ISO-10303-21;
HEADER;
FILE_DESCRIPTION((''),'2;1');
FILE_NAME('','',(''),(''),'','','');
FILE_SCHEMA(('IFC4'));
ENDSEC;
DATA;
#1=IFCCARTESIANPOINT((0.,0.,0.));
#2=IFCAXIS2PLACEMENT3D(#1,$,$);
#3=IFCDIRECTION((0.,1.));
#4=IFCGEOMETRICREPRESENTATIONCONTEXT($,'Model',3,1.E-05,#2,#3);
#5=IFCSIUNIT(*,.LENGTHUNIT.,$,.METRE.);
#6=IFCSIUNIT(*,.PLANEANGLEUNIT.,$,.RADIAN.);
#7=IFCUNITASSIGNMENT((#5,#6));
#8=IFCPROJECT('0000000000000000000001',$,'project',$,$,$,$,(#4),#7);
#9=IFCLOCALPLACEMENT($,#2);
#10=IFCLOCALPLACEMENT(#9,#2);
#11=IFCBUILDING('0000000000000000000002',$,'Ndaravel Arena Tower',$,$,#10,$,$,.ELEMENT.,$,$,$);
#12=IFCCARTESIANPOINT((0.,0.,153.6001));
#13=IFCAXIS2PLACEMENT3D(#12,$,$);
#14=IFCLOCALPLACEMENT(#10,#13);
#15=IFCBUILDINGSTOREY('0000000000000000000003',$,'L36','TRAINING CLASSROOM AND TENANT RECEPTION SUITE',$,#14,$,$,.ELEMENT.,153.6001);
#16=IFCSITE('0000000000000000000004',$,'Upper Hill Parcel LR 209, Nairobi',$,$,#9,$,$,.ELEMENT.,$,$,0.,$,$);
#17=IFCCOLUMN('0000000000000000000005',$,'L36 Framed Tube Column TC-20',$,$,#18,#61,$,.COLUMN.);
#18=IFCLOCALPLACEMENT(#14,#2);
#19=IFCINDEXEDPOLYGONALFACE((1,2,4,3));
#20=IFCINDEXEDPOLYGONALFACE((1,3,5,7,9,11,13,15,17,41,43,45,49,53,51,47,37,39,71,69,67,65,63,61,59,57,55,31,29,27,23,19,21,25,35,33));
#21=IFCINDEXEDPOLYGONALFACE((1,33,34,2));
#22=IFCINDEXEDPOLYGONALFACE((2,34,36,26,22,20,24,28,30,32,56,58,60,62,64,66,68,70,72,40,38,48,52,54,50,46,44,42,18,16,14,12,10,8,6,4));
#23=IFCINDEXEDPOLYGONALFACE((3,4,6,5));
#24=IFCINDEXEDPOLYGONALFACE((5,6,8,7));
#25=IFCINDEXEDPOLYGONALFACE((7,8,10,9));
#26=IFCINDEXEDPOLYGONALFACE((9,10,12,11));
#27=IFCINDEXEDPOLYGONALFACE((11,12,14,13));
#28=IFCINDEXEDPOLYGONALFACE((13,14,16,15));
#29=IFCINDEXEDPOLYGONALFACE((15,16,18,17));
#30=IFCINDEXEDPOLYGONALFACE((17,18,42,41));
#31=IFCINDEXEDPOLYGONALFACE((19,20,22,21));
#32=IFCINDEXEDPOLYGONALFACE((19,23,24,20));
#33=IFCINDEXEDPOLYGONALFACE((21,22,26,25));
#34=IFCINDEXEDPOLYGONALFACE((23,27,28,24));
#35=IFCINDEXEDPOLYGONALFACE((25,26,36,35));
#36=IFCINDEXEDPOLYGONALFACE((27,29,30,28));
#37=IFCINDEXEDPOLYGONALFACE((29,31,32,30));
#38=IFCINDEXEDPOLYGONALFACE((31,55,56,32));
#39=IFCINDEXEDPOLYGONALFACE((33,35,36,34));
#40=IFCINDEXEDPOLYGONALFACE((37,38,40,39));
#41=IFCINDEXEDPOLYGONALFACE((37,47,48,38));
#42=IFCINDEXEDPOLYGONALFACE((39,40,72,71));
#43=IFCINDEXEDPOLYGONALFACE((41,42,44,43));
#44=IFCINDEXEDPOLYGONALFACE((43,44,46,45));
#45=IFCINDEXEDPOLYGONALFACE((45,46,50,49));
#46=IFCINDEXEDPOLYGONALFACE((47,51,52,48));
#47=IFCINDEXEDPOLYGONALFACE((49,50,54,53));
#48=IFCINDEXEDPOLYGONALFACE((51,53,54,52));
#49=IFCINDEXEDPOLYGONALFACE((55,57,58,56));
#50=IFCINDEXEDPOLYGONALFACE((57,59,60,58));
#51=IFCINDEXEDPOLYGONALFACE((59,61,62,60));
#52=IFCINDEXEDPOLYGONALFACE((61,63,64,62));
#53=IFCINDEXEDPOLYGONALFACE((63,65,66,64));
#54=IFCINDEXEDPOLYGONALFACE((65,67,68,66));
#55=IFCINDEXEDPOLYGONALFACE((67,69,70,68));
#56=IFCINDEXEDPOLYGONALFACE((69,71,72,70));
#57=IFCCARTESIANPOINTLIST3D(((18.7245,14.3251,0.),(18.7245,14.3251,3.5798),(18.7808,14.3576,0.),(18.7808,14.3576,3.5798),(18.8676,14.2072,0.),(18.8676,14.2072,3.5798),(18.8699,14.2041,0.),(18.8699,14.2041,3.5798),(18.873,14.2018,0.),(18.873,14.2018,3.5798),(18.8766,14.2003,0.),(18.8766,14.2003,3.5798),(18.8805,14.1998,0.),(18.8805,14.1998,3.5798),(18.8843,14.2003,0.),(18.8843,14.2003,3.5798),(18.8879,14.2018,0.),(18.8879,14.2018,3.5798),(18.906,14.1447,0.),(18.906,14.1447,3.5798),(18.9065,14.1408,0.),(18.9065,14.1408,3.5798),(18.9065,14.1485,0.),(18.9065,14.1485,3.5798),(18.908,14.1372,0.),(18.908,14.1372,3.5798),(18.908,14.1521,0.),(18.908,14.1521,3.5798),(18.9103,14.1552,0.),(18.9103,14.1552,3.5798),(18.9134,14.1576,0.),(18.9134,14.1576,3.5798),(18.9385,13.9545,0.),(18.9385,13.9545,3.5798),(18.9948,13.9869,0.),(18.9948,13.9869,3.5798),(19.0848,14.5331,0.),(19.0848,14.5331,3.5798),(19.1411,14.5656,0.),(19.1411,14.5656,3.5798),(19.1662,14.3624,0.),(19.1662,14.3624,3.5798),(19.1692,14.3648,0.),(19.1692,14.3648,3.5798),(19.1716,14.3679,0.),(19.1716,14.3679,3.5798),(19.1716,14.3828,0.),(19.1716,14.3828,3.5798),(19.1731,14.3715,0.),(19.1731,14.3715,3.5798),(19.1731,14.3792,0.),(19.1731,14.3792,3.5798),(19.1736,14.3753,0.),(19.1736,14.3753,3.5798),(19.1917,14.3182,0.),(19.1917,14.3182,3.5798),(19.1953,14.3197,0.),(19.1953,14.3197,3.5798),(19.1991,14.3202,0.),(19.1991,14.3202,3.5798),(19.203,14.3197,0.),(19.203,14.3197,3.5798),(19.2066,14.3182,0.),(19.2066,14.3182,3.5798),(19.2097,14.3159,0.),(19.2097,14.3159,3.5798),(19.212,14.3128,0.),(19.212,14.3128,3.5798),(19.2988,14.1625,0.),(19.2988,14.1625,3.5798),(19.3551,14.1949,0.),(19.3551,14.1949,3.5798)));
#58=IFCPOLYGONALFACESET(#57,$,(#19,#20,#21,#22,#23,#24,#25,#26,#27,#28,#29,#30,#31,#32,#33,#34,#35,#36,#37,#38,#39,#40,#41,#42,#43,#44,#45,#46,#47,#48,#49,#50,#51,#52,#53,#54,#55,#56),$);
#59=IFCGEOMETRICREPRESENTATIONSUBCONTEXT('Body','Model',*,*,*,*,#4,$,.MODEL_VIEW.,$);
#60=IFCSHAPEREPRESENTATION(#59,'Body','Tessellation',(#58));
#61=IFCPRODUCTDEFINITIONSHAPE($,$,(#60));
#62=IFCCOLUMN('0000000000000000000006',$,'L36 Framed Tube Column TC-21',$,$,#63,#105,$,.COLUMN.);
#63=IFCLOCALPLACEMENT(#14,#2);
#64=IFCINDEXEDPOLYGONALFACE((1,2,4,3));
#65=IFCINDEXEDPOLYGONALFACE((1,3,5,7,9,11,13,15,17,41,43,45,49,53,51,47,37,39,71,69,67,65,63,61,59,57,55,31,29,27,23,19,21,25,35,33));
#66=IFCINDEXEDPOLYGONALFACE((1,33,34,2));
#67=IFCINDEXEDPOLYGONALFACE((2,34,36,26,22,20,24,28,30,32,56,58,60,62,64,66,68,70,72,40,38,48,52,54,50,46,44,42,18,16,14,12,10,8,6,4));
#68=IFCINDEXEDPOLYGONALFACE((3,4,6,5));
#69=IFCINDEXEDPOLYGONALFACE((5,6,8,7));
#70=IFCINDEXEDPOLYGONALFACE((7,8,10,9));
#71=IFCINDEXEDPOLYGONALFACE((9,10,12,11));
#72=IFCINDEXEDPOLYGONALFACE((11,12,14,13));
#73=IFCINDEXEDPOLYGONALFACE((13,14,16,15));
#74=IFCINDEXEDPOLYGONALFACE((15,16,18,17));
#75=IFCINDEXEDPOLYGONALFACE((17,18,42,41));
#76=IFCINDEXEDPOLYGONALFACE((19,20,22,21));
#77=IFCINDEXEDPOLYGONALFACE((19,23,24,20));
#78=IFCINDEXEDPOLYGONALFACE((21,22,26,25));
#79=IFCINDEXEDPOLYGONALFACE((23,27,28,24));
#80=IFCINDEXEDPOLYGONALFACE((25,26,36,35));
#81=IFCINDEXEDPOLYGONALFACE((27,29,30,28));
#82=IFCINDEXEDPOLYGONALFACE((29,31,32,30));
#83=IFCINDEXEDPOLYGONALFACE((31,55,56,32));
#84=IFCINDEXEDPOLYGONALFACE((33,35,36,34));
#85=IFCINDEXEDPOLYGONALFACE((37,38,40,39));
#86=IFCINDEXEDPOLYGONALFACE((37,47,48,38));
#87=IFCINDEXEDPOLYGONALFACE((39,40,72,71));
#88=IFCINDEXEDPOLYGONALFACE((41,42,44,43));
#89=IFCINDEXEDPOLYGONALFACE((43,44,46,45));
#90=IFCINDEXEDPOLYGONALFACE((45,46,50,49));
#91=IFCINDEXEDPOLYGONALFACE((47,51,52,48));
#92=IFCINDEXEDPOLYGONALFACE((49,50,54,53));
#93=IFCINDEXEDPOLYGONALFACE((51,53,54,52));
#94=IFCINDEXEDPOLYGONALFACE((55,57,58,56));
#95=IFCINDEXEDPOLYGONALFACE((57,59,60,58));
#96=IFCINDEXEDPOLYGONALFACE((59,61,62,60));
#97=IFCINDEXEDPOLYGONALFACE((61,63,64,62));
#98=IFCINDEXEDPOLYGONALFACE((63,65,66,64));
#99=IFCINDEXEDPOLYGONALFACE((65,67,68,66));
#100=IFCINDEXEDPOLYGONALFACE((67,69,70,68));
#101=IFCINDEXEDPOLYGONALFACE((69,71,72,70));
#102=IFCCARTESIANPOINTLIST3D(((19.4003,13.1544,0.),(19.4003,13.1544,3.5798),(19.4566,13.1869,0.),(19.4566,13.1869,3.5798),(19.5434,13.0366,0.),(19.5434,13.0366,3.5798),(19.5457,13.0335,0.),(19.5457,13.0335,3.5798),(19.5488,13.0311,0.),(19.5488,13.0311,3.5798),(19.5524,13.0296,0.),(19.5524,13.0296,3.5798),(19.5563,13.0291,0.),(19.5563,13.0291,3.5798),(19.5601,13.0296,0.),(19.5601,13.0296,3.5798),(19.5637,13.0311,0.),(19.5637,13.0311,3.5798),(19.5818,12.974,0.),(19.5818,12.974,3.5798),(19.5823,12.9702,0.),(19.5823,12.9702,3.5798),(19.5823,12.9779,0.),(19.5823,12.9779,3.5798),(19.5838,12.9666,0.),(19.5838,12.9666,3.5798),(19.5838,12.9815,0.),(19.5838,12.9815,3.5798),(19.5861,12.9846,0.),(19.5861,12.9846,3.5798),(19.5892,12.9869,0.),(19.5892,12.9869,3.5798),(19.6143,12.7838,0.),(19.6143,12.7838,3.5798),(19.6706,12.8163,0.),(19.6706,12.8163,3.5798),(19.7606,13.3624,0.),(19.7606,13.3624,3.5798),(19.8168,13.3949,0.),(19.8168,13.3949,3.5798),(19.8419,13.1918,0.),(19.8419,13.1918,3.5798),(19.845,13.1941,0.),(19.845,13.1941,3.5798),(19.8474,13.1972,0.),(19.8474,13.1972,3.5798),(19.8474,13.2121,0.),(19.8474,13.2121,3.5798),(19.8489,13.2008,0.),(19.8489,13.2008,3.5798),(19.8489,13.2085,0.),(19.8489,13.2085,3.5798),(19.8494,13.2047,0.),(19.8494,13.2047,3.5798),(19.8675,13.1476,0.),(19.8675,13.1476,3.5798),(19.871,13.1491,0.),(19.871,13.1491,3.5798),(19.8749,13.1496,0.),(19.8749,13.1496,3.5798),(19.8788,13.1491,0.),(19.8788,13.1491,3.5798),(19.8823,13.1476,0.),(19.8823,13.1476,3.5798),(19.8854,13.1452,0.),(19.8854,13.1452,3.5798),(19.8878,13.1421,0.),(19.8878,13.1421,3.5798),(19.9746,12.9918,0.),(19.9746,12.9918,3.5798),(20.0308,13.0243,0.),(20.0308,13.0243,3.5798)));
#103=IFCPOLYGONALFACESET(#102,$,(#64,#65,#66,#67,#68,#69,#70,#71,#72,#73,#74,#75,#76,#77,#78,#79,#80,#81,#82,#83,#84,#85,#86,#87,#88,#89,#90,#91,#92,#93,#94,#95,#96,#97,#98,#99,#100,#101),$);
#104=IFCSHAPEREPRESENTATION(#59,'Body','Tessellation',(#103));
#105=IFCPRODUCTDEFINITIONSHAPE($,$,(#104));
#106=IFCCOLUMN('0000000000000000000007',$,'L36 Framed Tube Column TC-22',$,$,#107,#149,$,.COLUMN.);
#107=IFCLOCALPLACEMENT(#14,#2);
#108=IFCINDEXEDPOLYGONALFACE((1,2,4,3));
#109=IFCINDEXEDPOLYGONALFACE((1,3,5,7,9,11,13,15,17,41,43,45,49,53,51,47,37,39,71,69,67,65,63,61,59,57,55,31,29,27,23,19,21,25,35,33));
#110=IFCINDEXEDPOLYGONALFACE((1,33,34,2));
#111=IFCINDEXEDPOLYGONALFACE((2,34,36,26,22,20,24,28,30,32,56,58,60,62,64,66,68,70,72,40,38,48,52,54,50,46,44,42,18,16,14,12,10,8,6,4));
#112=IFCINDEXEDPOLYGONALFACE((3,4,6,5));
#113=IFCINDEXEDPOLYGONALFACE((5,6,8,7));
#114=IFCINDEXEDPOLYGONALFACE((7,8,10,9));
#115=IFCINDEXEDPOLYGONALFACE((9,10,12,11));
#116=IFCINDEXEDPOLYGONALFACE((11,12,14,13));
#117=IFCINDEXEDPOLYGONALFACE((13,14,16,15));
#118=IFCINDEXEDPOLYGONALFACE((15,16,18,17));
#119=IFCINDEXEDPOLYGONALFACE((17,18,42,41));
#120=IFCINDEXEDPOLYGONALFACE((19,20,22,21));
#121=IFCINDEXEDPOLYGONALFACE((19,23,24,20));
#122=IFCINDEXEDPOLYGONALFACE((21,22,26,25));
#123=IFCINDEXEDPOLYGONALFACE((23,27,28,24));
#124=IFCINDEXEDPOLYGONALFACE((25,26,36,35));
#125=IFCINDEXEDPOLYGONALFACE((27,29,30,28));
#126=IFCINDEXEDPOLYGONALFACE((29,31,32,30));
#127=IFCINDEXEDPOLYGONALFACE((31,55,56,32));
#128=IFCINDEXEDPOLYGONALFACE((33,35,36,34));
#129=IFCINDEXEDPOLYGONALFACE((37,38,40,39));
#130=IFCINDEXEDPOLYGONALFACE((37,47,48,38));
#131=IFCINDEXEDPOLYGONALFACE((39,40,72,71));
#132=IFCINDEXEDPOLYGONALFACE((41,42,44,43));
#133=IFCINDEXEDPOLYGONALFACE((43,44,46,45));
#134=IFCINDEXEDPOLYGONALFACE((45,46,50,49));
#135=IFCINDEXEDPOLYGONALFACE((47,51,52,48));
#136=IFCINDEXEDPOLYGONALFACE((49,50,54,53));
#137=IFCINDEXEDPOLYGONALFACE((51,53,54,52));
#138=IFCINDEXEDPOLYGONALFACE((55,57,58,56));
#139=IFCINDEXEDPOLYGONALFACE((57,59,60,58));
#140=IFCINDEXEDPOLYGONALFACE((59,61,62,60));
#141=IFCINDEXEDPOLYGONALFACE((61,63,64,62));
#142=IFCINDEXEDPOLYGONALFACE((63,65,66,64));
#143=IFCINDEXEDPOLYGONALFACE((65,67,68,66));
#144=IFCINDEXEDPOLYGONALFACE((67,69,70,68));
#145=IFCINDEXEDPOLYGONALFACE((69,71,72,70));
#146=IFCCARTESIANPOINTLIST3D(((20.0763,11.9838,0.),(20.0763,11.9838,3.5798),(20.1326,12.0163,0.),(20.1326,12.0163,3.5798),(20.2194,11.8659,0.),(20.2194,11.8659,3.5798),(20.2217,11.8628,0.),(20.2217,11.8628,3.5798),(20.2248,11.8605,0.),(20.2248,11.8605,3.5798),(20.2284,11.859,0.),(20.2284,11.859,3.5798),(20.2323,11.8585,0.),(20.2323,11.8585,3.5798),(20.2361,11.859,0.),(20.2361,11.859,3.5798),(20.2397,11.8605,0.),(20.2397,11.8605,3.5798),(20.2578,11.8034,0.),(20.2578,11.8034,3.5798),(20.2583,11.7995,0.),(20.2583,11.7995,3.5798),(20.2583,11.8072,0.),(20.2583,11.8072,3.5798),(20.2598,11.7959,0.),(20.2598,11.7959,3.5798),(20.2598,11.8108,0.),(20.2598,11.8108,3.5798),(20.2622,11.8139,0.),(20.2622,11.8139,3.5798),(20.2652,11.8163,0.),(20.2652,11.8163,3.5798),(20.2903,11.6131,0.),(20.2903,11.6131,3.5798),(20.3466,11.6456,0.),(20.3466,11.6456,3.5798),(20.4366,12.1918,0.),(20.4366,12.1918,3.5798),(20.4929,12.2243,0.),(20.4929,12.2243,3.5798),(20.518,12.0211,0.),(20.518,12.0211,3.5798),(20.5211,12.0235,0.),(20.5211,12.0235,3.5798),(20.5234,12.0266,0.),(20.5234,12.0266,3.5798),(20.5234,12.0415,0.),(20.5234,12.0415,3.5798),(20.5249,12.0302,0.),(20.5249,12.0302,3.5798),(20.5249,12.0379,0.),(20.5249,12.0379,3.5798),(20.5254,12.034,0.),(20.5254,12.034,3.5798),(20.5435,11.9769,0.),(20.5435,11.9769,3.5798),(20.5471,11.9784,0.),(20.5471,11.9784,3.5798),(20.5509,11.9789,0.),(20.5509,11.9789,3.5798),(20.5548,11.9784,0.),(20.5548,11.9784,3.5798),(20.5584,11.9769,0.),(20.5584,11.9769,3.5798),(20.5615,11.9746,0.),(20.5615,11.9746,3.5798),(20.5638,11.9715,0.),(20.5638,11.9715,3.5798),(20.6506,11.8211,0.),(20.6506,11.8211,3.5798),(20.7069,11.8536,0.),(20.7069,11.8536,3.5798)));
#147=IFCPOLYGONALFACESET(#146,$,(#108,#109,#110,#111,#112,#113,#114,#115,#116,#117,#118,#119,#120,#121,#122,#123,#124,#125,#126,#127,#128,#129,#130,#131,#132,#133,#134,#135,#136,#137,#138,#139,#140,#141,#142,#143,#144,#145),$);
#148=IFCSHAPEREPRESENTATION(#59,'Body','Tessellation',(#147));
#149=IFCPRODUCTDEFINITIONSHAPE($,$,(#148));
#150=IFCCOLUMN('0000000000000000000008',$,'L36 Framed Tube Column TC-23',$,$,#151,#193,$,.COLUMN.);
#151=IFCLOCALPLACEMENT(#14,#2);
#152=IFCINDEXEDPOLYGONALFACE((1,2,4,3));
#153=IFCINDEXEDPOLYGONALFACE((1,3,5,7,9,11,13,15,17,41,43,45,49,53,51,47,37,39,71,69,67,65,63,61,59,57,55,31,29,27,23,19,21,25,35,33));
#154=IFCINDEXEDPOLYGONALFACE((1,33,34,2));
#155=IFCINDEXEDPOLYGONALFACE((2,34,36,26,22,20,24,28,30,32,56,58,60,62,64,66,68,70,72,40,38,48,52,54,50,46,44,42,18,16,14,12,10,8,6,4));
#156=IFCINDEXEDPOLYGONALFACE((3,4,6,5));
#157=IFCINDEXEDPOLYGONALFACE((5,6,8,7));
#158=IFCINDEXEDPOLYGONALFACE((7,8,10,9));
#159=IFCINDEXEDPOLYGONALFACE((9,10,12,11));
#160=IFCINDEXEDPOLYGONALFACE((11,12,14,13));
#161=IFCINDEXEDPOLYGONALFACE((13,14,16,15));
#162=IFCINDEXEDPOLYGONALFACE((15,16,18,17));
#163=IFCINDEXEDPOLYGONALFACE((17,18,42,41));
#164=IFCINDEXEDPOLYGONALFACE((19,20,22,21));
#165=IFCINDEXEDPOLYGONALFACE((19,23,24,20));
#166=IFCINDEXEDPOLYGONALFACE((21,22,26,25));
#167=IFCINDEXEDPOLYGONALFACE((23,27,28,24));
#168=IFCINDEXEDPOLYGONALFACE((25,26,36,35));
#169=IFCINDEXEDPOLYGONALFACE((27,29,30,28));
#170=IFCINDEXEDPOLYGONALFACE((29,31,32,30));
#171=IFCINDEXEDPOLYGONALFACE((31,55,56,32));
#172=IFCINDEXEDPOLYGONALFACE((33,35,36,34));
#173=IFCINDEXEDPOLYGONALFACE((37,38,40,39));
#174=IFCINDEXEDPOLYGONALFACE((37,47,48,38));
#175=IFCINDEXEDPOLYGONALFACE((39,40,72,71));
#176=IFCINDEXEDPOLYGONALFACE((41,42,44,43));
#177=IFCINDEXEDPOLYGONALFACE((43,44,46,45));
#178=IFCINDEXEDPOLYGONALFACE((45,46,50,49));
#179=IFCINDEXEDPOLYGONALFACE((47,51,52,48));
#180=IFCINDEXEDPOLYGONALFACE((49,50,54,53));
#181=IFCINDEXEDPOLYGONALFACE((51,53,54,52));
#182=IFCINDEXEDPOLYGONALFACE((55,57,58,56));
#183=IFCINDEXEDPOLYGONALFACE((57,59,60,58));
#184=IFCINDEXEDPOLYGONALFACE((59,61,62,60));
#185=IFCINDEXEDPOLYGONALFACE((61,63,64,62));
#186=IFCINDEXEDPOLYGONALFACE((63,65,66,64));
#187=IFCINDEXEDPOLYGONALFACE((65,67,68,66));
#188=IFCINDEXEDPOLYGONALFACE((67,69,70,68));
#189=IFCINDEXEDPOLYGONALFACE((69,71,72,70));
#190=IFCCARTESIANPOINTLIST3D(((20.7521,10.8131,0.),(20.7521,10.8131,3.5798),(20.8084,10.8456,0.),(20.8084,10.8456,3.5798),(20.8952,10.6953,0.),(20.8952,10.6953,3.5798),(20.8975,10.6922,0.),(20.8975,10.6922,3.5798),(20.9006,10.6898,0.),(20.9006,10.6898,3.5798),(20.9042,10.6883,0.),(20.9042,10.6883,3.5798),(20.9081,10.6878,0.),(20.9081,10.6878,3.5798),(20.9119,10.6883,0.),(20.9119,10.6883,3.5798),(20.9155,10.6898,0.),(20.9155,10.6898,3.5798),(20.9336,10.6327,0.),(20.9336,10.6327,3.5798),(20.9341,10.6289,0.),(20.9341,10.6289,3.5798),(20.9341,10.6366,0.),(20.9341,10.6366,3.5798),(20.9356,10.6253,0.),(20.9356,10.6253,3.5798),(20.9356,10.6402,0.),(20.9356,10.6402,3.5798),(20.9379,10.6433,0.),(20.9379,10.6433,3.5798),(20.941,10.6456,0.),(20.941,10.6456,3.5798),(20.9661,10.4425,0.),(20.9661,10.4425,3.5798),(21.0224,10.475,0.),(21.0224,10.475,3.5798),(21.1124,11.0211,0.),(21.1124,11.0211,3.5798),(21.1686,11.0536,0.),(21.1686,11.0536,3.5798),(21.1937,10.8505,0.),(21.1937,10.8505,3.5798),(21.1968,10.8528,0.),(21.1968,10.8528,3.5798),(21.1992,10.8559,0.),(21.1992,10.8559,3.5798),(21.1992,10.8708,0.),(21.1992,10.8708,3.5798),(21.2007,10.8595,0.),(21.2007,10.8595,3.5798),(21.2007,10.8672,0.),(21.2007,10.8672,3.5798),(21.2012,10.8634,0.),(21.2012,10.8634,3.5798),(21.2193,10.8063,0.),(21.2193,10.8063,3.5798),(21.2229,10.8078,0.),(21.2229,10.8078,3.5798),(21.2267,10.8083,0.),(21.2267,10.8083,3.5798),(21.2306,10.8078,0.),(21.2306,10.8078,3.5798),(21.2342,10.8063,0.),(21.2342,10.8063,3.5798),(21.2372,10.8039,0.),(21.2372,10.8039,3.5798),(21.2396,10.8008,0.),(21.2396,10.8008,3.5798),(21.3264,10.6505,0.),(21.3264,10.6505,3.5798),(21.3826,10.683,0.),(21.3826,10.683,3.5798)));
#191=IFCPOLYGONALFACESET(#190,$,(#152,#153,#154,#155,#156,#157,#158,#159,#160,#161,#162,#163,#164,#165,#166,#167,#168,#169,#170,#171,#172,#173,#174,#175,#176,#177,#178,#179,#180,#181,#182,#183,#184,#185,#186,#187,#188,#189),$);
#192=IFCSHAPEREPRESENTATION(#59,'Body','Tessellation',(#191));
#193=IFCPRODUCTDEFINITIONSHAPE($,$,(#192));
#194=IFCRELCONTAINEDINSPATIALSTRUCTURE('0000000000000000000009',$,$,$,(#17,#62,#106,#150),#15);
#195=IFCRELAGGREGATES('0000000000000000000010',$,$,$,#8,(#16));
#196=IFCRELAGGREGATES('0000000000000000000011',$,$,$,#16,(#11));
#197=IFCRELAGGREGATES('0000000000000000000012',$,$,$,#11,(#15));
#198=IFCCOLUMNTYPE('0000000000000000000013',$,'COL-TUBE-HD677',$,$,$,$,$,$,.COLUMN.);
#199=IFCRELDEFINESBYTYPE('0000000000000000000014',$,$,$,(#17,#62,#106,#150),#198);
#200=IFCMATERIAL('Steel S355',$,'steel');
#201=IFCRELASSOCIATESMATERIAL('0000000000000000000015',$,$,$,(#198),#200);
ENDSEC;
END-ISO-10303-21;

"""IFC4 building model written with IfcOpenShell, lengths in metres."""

from ifc_helpers import new_model, si_unit, direction, frame, origin, origin_2d, place, context, subcontext, project, spatial, i_section, extrude, material, material_profile, profile_set, type_object, element, save


model = new_model("IFC4")

# Units and contexts
model_context = context("Model", 3, precision=1e-05, world=origin(), true_north=direction((0.0, 1.0)))
body_context = subcontext(model_context, "Body", "Model", "MODEL_VIEW")
ifc_project = project(units=[si_unit("LENGTHUNIT", "METRE"), si_unit("PLANEANGLEUNIT", "RADIAN")], contexts=[model_context])

# Site, building, storey
site_placement = place(None, origin())
site = spatial("IfcSite", under=ifc_project, at=site_placement, Name="Upper Hill Parcel LR 209, Nairobi", CompositionType="ELEMENT", RefElevation=0.0)
building_placement = place(site_placement, origin())
building = spatial("IfcBuilding", under=site, at=building_placement, Name="Ndaravel Arena Tower", CompositionType="ELEMENT")
storey_placement = place(building_placement, frame((0.0, 0.0, 153.6001)))
storey = spatial("IfcBuildingStorey", under=building, at=storey_placement, Name="L36", Description="TRAINING CLASSROOM AND TENANT RECEPTION SUITE", CompositionType="ELEMENT", Elevation=153.6001)

# Columns
ifc_material_1 = material(Name="Steel S355", Category="steel")
ifc_material_profile_1 = material_profile(ifc_material_1, i_section(OverallWidth=0.428, OverallDepth=0.481, WebThickness=0.051, FlangeThickness=0.0649, FilletRadius=0.0149, at=origin_2d()), Name="HD 400x677")
ifc_profile_set_1 = profile_set([ifc_material_profile_1], Name="Steel S355")
column_type = type_object("IfcColumnType", Name="COL-TUBE-HD677", PredefinedType="COLUMN", material=ifc_profile_set_1)
for number, where, z_axis, x_axis, name in (
    (1, (19.0398, 14.26, 0.0), (0.0, 0.0, 1.0), (-0.5, 0.866025, 0.0), "L36 Framed Tube Column TC-20"),
    (2, (19.7156, 13.0894, 0.0), (0.0, 0.0, 1.0), (-0.5, 0.866025, 0.0), "L36 Framed Tube Column TC-21"),
    (3, (20.3916, 11.9187, 0.0), (0.0, 0.0, 1.0), (-0.5, 0.866025, 0.0), "L36 Framed Tube Column TC-22"),
    (4, (21.0674, 10.748, 0.0), (0.0, 0.0, 1.0), (-0.5, 0.866025, 0.0), "L36 Framed Tube Column TC-23"),
):
    element("IfcColumn", number, at=place(storey_placement, frame(where, z_axis=z_axis, x_axis=x_axis)), inside=storey, type_object=column_type, Name=name, PredefinedType="COLUMN", context=body_context, shape_type="SweptSolid", body=[
        extrude(i_section(OverallWidth=0.428, OverallDepth=0.481, WebThickness=0.051, FlangeThickness=0.0649, FilletRadius=0.0149, at=origin_2d()), origin(), (0.0, 0.0, 1.0), 3.5798),
    ])

save(model, "model.ifc")
